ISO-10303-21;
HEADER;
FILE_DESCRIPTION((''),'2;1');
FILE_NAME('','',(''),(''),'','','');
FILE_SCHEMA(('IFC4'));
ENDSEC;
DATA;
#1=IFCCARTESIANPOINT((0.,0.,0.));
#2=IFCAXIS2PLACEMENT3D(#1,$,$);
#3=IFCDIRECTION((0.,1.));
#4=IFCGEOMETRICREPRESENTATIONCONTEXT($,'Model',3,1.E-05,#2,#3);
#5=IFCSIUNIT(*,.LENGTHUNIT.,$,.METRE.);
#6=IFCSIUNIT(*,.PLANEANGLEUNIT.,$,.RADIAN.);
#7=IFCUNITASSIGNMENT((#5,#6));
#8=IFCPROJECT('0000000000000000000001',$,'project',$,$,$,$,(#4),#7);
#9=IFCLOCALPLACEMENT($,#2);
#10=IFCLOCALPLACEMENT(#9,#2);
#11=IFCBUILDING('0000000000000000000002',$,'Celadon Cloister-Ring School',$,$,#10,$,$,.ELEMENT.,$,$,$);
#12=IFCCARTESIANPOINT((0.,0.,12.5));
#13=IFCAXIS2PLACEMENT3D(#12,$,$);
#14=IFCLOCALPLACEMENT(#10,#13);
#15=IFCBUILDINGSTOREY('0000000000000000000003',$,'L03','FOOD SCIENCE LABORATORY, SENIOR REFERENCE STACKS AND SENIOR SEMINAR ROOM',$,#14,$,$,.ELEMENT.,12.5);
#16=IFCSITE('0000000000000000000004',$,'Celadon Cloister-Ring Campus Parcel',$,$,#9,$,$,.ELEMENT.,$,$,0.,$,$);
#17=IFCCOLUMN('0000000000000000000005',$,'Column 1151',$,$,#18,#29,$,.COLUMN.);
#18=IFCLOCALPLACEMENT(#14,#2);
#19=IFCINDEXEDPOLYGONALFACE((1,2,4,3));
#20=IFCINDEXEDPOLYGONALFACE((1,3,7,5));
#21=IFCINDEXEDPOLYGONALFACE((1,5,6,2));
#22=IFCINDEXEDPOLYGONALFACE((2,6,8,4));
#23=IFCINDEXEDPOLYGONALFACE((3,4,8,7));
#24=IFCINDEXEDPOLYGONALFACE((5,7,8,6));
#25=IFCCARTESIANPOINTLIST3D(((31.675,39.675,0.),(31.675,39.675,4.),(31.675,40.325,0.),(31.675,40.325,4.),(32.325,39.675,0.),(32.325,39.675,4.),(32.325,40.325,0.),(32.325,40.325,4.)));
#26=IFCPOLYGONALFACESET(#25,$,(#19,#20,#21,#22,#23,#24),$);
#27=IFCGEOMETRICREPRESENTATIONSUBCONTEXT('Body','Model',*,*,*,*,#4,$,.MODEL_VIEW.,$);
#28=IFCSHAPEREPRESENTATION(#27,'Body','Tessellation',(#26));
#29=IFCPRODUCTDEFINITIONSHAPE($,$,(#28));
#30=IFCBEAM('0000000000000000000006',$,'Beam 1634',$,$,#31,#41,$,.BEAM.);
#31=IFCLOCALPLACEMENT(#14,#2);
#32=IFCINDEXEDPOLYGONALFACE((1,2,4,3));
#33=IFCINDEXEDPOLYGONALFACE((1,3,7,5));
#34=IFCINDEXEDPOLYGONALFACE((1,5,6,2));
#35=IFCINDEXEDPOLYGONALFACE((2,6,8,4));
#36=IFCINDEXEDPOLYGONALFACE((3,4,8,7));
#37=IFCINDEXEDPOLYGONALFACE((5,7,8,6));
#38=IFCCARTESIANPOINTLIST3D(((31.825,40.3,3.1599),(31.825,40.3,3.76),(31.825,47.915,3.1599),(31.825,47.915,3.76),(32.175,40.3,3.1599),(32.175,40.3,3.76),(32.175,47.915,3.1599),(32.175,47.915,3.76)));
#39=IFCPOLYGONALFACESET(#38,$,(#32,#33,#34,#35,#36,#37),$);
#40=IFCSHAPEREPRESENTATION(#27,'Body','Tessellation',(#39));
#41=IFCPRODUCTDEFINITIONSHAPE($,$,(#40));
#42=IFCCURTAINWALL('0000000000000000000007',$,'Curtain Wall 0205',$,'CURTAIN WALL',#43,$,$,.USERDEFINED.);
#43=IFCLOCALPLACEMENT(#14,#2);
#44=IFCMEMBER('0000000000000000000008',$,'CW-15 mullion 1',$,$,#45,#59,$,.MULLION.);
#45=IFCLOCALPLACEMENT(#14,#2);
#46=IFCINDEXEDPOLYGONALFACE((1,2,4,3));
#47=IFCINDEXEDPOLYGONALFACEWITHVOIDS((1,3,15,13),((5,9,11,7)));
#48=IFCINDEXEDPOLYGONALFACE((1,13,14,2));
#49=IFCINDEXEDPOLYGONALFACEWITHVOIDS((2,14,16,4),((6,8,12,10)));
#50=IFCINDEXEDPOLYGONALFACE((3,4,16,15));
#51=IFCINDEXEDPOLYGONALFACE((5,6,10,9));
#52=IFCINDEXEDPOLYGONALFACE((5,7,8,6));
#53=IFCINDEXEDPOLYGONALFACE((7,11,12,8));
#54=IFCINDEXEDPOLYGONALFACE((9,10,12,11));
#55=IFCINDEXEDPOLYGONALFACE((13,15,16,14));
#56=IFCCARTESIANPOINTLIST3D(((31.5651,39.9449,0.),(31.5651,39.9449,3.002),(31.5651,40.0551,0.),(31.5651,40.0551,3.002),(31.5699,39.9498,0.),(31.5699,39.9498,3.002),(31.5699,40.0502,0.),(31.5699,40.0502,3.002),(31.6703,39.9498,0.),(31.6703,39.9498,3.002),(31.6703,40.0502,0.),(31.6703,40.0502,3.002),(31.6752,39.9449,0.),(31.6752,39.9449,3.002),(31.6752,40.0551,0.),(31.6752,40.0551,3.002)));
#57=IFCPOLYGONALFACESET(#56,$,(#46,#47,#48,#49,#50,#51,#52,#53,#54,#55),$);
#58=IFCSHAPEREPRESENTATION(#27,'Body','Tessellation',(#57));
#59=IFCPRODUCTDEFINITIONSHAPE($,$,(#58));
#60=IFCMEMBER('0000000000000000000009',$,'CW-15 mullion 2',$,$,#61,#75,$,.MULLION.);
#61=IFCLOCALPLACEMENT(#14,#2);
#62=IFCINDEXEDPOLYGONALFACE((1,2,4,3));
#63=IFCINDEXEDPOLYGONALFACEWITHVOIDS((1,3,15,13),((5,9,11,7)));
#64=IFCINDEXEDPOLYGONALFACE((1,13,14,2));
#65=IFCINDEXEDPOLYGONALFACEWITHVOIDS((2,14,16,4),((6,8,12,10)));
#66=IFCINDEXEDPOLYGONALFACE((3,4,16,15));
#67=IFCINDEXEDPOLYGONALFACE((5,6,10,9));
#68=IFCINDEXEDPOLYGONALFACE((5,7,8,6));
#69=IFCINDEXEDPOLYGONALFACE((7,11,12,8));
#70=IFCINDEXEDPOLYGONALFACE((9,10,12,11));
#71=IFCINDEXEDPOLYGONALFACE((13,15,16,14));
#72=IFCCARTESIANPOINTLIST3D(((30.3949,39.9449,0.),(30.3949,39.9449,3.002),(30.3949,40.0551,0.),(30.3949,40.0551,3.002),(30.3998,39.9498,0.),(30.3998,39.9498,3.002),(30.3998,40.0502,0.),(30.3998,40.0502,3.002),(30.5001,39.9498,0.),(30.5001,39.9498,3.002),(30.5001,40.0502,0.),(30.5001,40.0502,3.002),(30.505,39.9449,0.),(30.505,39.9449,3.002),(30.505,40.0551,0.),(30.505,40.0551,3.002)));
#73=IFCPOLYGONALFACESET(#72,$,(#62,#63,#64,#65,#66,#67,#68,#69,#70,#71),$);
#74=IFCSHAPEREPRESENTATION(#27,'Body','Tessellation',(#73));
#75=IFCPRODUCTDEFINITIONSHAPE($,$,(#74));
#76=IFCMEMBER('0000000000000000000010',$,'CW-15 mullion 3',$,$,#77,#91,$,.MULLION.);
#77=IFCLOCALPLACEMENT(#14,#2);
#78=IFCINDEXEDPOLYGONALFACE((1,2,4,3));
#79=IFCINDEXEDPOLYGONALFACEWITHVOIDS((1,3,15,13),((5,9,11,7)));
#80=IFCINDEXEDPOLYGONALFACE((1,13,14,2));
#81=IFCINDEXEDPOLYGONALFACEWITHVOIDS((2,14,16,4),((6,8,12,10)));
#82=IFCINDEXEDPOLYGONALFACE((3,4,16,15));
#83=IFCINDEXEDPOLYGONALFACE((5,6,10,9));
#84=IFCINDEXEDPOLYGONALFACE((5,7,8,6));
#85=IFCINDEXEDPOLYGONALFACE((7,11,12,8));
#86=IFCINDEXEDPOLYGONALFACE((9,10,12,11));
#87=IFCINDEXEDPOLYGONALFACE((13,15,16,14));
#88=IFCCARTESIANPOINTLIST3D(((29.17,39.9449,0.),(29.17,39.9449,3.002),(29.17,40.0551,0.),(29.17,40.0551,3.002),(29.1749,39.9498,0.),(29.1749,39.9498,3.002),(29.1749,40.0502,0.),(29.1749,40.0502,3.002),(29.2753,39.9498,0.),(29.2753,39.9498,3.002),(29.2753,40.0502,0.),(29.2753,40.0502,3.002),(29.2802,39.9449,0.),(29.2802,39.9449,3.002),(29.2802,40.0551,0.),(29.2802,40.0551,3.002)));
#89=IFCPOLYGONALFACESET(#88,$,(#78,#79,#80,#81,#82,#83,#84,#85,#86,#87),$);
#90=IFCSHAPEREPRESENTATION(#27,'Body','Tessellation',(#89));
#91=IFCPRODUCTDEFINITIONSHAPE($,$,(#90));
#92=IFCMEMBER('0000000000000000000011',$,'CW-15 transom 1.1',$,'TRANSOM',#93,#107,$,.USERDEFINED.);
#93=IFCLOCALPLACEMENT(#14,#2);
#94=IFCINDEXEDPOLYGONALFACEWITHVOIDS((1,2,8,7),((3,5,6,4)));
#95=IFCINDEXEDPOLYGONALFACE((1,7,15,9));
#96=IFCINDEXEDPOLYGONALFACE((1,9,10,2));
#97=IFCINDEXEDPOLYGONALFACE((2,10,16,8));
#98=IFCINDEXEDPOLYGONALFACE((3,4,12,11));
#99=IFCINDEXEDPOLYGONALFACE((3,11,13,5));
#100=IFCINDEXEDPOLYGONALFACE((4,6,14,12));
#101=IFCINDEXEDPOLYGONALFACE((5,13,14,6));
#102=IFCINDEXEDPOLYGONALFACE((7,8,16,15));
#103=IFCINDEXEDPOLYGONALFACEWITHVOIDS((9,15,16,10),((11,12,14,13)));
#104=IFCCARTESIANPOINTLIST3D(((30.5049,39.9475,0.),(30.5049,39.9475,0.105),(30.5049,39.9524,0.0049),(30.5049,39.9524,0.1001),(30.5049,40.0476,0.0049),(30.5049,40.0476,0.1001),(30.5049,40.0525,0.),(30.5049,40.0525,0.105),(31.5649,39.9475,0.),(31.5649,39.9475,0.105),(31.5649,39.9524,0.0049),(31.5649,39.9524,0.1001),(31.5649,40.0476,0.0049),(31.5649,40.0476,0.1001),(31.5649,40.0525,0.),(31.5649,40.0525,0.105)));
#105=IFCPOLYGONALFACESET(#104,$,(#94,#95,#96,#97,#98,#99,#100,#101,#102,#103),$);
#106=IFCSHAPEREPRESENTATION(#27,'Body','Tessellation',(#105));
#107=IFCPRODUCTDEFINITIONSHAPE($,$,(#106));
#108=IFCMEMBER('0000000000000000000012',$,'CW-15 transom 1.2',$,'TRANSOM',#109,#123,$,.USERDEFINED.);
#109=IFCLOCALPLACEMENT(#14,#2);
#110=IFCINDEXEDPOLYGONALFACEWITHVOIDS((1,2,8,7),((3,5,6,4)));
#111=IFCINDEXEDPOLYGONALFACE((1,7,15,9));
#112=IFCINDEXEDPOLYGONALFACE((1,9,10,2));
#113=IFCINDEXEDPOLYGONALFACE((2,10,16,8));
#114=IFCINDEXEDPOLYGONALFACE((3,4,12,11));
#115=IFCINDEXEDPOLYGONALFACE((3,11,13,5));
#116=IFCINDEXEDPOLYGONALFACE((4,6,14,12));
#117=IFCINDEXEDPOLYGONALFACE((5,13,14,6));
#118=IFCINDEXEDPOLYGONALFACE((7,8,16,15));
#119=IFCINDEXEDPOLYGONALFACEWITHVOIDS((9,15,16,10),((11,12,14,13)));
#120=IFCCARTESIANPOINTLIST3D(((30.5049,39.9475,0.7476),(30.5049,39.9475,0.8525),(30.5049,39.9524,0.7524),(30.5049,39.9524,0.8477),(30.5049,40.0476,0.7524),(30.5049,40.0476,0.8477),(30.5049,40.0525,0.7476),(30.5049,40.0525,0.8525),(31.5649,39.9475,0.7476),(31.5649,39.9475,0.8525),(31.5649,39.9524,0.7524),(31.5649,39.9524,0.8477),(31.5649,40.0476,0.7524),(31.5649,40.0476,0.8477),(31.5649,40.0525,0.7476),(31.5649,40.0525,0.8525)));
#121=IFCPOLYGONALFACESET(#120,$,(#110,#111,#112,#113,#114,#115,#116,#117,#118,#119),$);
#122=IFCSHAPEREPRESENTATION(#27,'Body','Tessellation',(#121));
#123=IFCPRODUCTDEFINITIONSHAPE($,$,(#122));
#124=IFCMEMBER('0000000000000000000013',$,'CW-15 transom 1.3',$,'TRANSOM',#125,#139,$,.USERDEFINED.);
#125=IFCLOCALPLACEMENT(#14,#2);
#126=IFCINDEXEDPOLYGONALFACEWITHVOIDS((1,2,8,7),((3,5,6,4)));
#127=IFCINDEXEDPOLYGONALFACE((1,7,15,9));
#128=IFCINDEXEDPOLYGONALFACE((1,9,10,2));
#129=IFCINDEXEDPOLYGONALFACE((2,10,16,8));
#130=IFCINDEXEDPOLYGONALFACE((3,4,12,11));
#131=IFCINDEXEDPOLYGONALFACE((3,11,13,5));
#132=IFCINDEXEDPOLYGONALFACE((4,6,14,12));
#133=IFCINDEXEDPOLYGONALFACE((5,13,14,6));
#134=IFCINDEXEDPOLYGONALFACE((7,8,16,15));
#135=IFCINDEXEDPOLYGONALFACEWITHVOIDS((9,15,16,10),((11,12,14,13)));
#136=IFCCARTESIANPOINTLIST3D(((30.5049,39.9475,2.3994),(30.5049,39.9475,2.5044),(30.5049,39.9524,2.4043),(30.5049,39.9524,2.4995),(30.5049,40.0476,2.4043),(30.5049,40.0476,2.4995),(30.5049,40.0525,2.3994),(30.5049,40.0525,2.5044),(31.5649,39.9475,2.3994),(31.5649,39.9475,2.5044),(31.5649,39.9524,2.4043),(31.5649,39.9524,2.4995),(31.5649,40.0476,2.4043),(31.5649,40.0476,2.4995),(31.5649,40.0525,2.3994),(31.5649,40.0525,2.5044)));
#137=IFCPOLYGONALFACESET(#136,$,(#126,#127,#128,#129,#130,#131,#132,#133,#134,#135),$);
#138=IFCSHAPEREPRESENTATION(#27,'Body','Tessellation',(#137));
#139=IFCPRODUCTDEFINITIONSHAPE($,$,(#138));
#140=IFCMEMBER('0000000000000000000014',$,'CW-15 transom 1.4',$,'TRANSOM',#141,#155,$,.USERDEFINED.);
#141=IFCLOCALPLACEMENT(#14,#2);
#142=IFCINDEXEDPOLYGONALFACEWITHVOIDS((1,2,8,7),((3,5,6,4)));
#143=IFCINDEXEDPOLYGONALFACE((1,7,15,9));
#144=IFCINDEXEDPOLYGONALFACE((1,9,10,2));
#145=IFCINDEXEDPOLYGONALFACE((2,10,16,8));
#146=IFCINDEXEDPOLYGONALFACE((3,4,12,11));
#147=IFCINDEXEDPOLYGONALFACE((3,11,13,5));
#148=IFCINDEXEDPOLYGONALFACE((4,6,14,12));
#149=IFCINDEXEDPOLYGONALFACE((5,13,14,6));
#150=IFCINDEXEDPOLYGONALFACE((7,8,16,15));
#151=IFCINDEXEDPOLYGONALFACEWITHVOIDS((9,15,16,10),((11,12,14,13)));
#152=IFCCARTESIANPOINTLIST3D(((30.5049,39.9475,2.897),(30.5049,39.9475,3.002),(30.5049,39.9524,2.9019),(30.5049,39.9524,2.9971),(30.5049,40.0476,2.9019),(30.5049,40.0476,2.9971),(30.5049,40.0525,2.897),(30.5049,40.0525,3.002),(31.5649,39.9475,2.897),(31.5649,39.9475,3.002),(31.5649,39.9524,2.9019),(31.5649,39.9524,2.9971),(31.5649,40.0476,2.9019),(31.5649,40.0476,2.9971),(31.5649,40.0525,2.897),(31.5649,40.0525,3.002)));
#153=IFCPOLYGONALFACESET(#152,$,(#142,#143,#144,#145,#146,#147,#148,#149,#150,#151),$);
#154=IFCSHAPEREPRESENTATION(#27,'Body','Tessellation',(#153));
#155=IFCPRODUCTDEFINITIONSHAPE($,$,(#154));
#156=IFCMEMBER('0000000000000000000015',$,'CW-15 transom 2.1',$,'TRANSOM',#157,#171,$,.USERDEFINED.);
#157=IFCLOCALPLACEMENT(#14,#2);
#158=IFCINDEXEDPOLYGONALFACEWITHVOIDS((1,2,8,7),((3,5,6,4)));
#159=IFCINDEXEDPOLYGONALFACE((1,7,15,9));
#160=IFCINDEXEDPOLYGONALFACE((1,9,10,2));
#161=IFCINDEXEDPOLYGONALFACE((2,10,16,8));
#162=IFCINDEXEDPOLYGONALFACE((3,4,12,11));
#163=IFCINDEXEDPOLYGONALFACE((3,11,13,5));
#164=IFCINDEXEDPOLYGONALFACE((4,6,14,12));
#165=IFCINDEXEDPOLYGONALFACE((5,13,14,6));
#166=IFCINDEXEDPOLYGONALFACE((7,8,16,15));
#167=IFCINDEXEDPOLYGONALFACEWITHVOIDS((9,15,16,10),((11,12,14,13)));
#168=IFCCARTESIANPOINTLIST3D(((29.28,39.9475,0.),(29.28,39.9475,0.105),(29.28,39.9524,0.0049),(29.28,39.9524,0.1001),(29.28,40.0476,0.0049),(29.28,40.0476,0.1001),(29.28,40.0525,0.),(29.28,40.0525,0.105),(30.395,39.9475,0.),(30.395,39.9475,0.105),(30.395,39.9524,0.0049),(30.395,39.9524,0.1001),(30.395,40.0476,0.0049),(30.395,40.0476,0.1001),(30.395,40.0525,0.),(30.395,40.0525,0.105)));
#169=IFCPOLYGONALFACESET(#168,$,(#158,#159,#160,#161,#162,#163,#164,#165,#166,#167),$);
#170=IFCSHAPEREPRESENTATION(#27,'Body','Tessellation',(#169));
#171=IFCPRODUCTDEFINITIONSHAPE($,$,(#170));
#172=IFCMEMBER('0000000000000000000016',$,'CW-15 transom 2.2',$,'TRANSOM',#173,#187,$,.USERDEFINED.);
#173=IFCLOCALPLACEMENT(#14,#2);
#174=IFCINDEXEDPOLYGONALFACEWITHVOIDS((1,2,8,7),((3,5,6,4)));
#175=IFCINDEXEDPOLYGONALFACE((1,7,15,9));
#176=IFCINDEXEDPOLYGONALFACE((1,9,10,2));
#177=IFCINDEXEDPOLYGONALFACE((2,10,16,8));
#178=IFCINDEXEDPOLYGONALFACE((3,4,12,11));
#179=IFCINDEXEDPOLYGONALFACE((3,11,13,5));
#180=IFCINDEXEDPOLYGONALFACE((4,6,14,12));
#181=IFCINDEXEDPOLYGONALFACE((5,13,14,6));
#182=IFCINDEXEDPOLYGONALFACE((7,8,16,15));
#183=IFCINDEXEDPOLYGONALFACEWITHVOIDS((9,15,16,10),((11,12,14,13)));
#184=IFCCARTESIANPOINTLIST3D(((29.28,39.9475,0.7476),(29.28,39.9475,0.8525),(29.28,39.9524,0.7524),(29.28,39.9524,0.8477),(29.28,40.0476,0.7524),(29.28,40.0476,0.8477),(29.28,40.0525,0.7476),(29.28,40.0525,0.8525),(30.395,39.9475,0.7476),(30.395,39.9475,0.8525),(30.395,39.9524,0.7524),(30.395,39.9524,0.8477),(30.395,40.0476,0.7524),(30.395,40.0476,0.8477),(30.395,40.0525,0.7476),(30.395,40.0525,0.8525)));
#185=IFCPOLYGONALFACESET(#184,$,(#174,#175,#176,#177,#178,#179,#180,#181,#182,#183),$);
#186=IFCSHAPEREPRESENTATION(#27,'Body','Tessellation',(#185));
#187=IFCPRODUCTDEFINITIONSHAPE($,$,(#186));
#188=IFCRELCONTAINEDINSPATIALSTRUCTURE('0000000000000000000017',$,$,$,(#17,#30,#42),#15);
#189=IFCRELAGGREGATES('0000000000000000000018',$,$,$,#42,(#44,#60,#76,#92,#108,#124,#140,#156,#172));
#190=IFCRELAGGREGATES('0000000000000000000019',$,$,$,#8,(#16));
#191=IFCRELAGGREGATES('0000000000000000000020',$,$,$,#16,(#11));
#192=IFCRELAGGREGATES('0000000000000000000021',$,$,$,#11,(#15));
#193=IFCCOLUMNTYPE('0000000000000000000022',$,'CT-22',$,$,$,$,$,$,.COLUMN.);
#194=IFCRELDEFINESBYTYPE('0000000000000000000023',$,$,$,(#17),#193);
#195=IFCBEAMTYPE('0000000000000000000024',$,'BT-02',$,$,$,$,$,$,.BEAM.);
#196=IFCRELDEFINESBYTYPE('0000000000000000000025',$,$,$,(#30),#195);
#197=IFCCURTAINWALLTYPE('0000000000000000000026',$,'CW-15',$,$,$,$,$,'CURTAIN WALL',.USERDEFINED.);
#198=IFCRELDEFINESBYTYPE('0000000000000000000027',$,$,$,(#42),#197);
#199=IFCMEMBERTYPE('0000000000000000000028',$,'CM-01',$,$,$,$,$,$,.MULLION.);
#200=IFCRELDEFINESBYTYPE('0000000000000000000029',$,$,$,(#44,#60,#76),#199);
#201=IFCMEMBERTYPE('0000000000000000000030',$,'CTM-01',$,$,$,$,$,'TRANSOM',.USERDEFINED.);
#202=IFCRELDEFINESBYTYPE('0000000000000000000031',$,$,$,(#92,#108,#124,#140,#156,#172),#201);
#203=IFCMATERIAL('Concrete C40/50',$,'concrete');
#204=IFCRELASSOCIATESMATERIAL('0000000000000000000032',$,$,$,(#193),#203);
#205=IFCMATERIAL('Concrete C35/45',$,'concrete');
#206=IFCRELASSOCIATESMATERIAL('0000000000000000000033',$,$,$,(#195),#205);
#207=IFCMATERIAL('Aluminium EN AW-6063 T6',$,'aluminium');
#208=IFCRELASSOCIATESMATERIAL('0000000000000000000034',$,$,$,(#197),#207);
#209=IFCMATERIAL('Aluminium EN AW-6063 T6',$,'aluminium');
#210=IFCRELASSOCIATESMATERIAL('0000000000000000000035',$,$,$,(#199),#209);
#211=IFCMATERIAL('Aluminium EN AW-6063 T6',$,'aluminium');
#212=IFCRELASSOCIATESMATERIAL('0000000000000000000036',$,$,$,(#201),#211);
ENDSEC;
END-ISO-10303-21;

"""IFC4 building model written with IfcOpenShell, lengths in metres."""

from ifc_helpers import new_model, si_unit, direction, frame, origin, origin_2d, place, context, subcontext, project, spatial, rectangle, hollow_rectangle, extrude, material, material_profile, profile_set, type_object, element, aggregate, save


model = new_model("IFC4")

# Units and contexts
model_context = context("Model", 3, precision=1e-05, world=origin(), true_north=direction((0.0, 1.0)))
body_context = subcontext(model_context, "Body", "Model", "MODEL_VIEW")
ifc_project = project(units=[si_unit("LENGTHUNIT", "METRE"), si_unit("PLANEANGLEUNIT", "RADIAN")], contexts=[model_context])

# Site, building, storey
site_placement = place(None, origin())
site = spatial("IfcSite", under=ifc_project, at=site_placement, Name="Celadon Cloister-Ring Campus Parcel", CompositionType="ELEMENT", RefElevation=0.0)
building_placement = place(site_placement, origin())
building = spatial("IfcBuilding", under=site, at=building_placement, Name="Celadon Cloister-Ring School", CompositionType="ELEMENT")
storey_placement = place(building_placement, frame((0.0, 0.0, 12.5)))
storey = spatial("IfcBuildingStorey", under=building, at=storey_placement, Name="L03", Description="FOOD SCIENCE LABORATORY, SENIOR REFERENCE STACKS AND SENIOR SEMINAR ROOM", CompositionType="ELEMENT", Elevation=12.5)

# Column
ifc_material_1 = material(Name="Concrete C40/50", Category="concrete")
ifc_material_profile_1 = material_profile(ifc_material_1, rectangle(XDim=0.6499, YDim=0.6499, at=origin_2d()), Name="RC650X650")
ifc_profile_set_1 = profile_set([ifc_material_profile_1], Name="Concrete C40/50")
column_type = type_object("IfcColumnType", Name="CT-22", PredefinedType="COLUMN", material=ifc_profile_set_1)
column_placement = place(storey_placement, frame((32.0, 40.0, 0.0), z_axis=(0.0, 0.0, 1.0), x_axis=(1.0, 0.0, 0.0)))
element("IfcColumn", 1, at=column_placement, inside=storey, type_object=column_type, Name="Column 1151", PredefinedType="COLUMN", context=body_context, shape_type="SweptSolid", body=[
    extrude(rectangle(XDim=0.6499, YDim=0.6499, at=origin_2d()), origin(), (0.0, 0.0, 1.0), 4.0),
])

# Beam
ifc_material_2 = material(Name="Concrete C35/45", Category="concrete")
ifc_material_profile_2 = material_profile(ifc_material_2, rectangle(XDim=0.3501, YDim=0.6001, at=origin_2d()), Name="RC350X600")
ifc_profile_set_2 = profile_set([ifc_material_profile_2], Name="Concrete C35/45")
beam_type = type_object("IfcBeamType", Name="BT-02", PredefinedType="BEAM", material=ifc_profile_set_2)
beam_placement = place(storey_placement, frame((32.0, 40.3, 3.46), z_axis=(0.0, 1.0, 0.0), x_axis=(-1.0, 0.0, 0.0)))
element("IfcBeam", 2, at=beam_placement, inside=storey, type_object=beam_type, Name="Beam 1634", PredefinedType="BEAM", context=body_context, shape_type="SweptSolid", body=[
    extrude(rectangle(XDim=0.3501, YDim=0.6001, at=origin_2d()), origin(), (0.0, 0.0, 1.0), 7.615),
])

# Curtain wall, members
ifc_material_3 = material(Name="Aluminium EN AW-6063 T6", Category="aluminium")
curtain_wall_type = type_object("IfcCurtainWallType", Name="CW-15", ElementType="CURTAIN WALL", PredefinedType="USERDEFINED", material=ifc_material_3)
curtain_wall_placement = place(storey_placement, origin())
curtain_wall = element("IfcCurtainWall", 3, at=curtain_wall_placement, inside=storey, type_object=curtain_wall_type, Name="Curtain Wall 0205", ObjectType="CURTAIN WALL", PredefinedType="USERDEFINED")
ifc_material_4 = material(Name="Aluminium EN AW-6063 T6", Category="aluminium")
ifc_material_profile_3 = material_profile(ifc_material_4, hollow_rectangle(XDim=0.1101, YDim=0.1101, WallThickness=0.0049, at=origin_2d()), Name="RHS110X110X5")
ifc_profile_set_3 = profile_set([ifc_material_profile_3], Name="Aluminium EN AW-6063 T6")
member_type_1 = type_object("IfcMemberType", Name="CM-01", PredefinedType="MULLION", material=ifc_profile_set_3)
member_1_placement = place(storey_placement, frame((31.6201, 40.0, 0.0), z_axis=(0.0, 0.0, 1.0), x_axis=(0.0, -1.0, 0.0)))
member_1 = element("IfcMember", 4, at=member_1_placement, type_object=member_type_1, Name="CW-15 mullion 1", PredefinedType="MULLION", context=body_context, shape_type="SweptSolid", body=[
    extrude(hollow_rectangle(XDim=0.1101, YDim=0.1101, WallThickness=0.0049, at=origin_2d()), origin(), (0.0, 0.0, 1.0), 3.002),
])
member_2_placement = place(storey_placement, frame((30.45, 40.0, 0.0), z_axis=(0.0, 0.0, 1.0), x_axis=(0.0, -1.0, 0.0)))
member_2 = element("IfcMember", 5, at=member_2_placement, type_object=member_type_1, Name="CW-15 mullion 2", PredefinedType="MULLION", context=body_context, shape_type="SweptSolid", body=[
    extrude(hollow_rectangle(XDim=0.1101, YDim=0.1101, WallThickness=0.0049, at=origin_2d()), origin(), (0.0, 0.0, 1.0), 3.002),
])
member_3_placement = place(storey_placement, frame((29.2251, 40.0, 0.0), z_axis=(0.0, 0.0, 1.0), x_axis=(0.0, -1.0, 0.0)))
member_3 = element("IfcMember", 6, at=member_3_placement, type_object=member_type_1, Name="CW-15 mullion 3", PredefinedType="MULLION", context=body_context, shape_type="SweptSolid", body=[
    extrude(hollow_rectangle(XDim=0.1101, YDim=0.1101, WallThickness=0.0049, at=origin_2d()), origin(), (0.0, 0.0, 1.0), 3.002),
])
ifc_material_5 = material(Name="Aluminium EN AW-6063 T6", Category="aluminium")
ifc_material_profile_4 = material_profile(ifc_material_5, hollow_rectangle(XDim=0.105, YDim=0.105, WallThickness=0.0049, at=origin_2d()), Name="RHS105X105X5")
ifc_profile_set_4 = profile_set([ifc_material_profile_4], Name="Aluminium EN AW-6063 T6")
member_type_2 = type_object("IfcMemberType", Name="CTM-01", ElementType="TRANSOM", PredefinedType="USERDEFINED", material=ifc_profile_set_4)
member_4_placement = place(storey_placement, frame((31.5649, 40.0, 0.0525), z_axis=(-1.0, 0.0, 0.0), x_axis=(0.0, -1.0, 0.0)))
member_4 = element("IfcMember", 7, at=member_4_placement, type_object=member_type_2, Name="CW-15 transom 1.1", ObjectType="TRANSOM", PredefinedType="USERDEFINED", context=body_context, shape_type="SweptSolid", body=[
    extrude(hollow_rectangle(XDim=0.105, YDim=0.105, WallThickness=0.0049, at=origin_2d()), origin(), (0.0, 0.0, 1.0), 1.0601),
])
member_5_placement = place(storey_placement, frame((31.5649, 40.0, 0.8), z_axis=(-1.0, 0.0, 0.0), x_axis=(0.0, -1.0, 0.0)))
member_5 = element("IfcMember", 8, at=member_5_placement, type_object=member_type_2, Name="CW-15 transom 1.2", ObjectType="TRANSOM", PredefinedType="USERDEFINED", context=body_context, shape_type="SweptSolid", body=[
    extrude(hollow_rectangle(XDim=0.105, YDim=0.105, WallThickness=0.0049, at=origin_2d()), origin(), (0.0, 0.0, 1.0), 1.0601),
])
member_6_placement = place(storey_placement, frame((31.5649, 40.0, 2.4519), z_axis=(-1.0, 0.0, 0.0), x_axis=(0.0, -1.0, 0.0)))
member_6 = element("IfcMember", 9, at=member_6_placement, type_object=member_type_2, Name="CW-15 transom 1.3", ObjectType="TRANSOM", PredefinedType="USERDEFINED", context=body_context, shape_type="SweptSolid", body=[
    extrude(hollow_rectangle(XDim=0.105, YDim=0.105, WallThickness=0.0049, at=origin_2d()), origin(), (0.0, 0.0, 1.0), 1.0601),
])
member_7_placement = place(storey_placement, frame((31.5649, 40.0, 2.9495), z_axis=(-1.0, 0.0, 0.0), x_axis=(0.0, -1.0, 0.0)))
member_7 = element("IfcMember", 10, at=member_7_placement, type_object=member_type_2, Name="CW-15 transom 1.4", ObjectType="TRANSOM", PredefinedType="USERDEFINED", context=body_context, shape_type="SweptSolid", body=[
    extrude(hollow_rectangle(XDim=0.105, YDim=0.105, WallThickness=0.0049, at=origin_2d()), origin(), (0.0, 0.0, 1.0), 1.0601),
])
member_8_placement = place(storey_placement, frame((30.395, 40.0, 0.0525), z_axis=(-1.0, 0.0, 0.0), x_axis=(0.0, -1.0, 0.0)))
member_8 = element("IfcMember", 11, at=member_8_placement, type_object=member_type_2, Name="CW-15 transom 2.1", ObjectType="TRANSOM", PredefinedType="USERDEFINED", context=body_context, shape_type="SweptSolid", body=[
    extrude(hollow_rectangle(XDim=0.105, YDim=0.105, WallThickness=0.0049, at=origin_2d()), origin(), (0.0, 0.0, 1.0), 1.115),
])
member_9_placement = place(storey_placement, frame((30.395, 40.0, 0.8), z_axis=(-1.0, 0.0, 0.0), x_axis=(0.0, -1.0, 0.0)))
member_9 = element("IfcMember", 12, at=member_9_placement, type_object=member_type_2, Name="CW-15 transom 2.2", ObjectType="TRANSOM", PredefinedType="USERDEFINED", context=body_context, shape_type="SweptSolid", body=[
    extrude(hollow_rectangle(XDim=0.105, YDim=0.105, WallThickness=0.0049, at=origin_2d()), origin(), (0.0, 0.0, 1.0), 1.115),
])
aggregate(curtain_wall, [member_1, member_2, member_3, member_4, member_5, member_6, member_7, member_8, member_9])

save(model, "model.ifc")
